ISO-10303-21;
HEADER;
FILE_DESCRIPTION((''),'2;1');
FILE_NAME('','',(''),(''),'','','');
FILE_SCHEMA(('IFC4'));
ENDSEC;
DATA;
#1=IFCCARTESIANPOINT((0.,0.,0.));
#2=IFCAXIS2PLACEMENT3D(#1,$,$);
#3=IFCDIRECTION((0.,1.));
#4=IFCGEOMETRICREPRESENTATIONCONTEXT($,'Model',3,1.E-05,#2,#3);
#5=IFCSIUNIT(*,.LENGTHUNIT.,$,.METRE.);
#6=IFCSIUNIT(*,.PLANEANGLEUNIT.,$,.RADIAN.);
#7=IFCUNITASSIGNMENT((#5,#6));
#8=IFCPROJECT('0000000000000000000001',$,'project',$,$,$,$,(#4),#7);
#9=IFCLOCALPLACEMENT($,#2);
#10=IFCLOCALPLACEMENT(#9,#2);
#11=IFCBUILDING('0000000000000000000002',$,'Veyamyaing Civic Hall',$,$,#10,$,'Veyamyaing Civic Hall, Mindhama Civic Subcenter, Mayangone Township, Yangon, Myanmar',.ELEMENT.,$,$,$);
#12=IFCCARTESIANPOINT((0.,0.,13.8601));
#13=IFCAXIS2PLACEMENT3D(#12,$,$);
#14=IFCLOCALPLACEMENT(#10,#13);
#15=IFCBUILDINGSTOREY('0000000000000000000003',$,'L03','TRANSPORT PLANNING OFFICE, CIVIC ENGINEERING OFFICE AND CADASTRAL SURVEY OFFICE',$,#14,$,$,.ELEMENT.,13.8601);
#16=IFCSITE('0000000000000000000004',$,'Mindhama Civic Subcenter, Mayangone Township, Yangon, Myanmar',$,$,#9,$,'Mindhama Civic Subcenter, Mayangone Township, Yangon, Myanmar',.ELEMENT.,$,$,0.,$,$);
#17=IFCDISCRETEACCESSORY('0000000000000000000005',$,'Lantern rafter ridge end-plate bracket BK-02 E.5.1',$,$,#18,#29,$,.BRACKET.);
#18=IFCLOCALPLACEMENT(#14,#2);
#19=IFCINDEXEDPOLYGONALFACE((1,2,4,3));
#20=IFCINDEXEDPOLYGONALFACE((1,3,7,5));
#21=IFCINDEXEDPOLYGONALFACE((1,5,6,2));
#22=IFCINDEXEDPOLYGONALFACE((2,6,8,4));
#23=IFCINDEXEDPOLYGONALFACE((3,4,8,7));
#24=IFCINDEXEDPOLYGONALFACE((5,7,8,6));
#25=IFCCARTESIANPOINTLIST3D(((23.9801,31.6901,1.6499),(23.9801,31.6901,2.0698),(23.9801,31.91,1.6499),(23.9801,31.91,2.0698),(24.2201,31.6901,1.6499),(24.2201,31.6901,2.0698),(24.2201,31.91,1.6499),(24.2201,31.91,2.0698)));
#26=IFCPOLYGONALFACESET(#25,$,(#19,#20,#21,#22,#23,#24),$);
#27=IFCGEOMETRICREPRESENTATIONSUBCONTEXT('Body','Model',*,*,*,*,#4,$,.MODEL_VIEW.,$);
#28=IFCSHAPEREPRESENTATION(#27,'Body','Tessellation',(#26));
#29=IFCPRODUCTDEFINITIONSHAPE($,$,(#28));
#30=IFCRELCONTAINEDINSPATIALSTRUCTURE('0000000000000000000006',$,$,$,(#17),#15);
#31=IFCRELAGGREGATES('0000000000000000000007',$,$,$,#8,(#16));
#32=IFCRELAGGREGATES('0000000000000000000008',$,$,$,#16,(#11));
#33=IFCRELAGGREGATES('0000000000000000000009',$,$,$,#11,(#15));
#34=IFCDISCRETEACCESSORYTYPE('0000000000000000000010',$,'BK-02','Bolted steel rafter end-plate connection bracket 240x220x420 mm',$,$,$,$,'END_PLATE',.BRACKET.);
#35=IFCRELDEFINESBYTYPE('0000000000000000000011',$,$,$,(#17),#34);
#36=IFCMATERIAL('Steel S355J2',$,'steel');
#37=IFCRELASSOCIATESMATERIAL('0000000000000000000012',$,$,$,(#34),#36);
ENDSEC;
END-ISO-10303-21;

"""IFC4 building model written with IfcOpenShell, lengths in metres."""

from ifc_helpers import new_model, si_unit, direction, frame, origin, origin_2d, place, context, subcontext, project, spatial, rectangle, extrude, material, type_object, element, save


model = new_model("IFC4")

# Units and contexts
model_context = context("Model", 3, precision=1e-05, world=origin(), true_north=direction((0.0, 1.0)))
body_context = subcontext(model_context, "Body", "Model", "MODEL_VIEW")
ifc_project = project(units=[si_unit("LENGTHUNIT", "METRE"), si_unit("PLANEANGLEUNIT", "RADIAN")], contexts=[model_context])

# Site, building, storey
site_placement = place(None, origin())
site = spatial("IfcSite", under=ifc_project, at=site_placement, Name="Mindhama Civic Subcenter, Mayangone Township, Yangon, Myanmar", LongName="Mindhama Civic Subcenter, Mayangone Township, Yangon, Myanmar", CompositionType="ELEMENT", RefElevation=0.0)
building_placement = place(site_placement, origin())
building = spatial("IfcBuilding", under=site, at=building_placement, Name="Veyamyaing Civic Hall", LongName="Veyamyaing Civic Hall, Mindhama Civic Subcenter, Mayangone Township, Yangon, Myanmar", CompositionType="ELEMENT")
storey_placement = place(building_placement, frame((0.0, 0.0, 13.8601)))
storey = spatial("IfcBuildingStorey", under=building, at=storey_placement, Name="L03", Description="TRANSPORT PLANNING OFFICE, CIVIC ENGINEERING OFFICE AND CADASTRAL SURVEY OFFICE", CompositionType="ELEMENT", Elevation=13.8601)

# Discrete accessory
ifc_material_1 = material(Name="Steel S355J2", Category="steel")
discrete_accessory_type_1 = type_object("IfcDiscreteAccessoryType", Name="BK-02", Description="Bolted steel rafter end-plate connection bracket 240x220x420 mm", ElementType="END_PLATE", PredefinedType="BRACKET", material=ifc_material_1)
for number, where, z_axis, x_axis, name in (
    (1, (24.1001, 31.8, 1.6499), (0.0, 0.0, 1.0), (1.0, 0.0, 0.0), "Lantern rafter ridge end-plate bracket BK-02 E.5.1"),
):
    element("IfcDiscreteAccessory", number, at=place(storey_placement, frame(where, z_axis=z_axis, x_axis=x_axis)), inside=storey, type_object=discrete_accessory_type_1, Name=name, PredefinedType="BRACKET", context=body_context, shape_type="SweptSolid", body=[
        extrude(rectangle(XDim=0.24, YDim=0.22, at=origin_2d()), origin(), (0.0, 0.0, 1.0), 0.4199),
    ])

save(model, "model.ifc")
